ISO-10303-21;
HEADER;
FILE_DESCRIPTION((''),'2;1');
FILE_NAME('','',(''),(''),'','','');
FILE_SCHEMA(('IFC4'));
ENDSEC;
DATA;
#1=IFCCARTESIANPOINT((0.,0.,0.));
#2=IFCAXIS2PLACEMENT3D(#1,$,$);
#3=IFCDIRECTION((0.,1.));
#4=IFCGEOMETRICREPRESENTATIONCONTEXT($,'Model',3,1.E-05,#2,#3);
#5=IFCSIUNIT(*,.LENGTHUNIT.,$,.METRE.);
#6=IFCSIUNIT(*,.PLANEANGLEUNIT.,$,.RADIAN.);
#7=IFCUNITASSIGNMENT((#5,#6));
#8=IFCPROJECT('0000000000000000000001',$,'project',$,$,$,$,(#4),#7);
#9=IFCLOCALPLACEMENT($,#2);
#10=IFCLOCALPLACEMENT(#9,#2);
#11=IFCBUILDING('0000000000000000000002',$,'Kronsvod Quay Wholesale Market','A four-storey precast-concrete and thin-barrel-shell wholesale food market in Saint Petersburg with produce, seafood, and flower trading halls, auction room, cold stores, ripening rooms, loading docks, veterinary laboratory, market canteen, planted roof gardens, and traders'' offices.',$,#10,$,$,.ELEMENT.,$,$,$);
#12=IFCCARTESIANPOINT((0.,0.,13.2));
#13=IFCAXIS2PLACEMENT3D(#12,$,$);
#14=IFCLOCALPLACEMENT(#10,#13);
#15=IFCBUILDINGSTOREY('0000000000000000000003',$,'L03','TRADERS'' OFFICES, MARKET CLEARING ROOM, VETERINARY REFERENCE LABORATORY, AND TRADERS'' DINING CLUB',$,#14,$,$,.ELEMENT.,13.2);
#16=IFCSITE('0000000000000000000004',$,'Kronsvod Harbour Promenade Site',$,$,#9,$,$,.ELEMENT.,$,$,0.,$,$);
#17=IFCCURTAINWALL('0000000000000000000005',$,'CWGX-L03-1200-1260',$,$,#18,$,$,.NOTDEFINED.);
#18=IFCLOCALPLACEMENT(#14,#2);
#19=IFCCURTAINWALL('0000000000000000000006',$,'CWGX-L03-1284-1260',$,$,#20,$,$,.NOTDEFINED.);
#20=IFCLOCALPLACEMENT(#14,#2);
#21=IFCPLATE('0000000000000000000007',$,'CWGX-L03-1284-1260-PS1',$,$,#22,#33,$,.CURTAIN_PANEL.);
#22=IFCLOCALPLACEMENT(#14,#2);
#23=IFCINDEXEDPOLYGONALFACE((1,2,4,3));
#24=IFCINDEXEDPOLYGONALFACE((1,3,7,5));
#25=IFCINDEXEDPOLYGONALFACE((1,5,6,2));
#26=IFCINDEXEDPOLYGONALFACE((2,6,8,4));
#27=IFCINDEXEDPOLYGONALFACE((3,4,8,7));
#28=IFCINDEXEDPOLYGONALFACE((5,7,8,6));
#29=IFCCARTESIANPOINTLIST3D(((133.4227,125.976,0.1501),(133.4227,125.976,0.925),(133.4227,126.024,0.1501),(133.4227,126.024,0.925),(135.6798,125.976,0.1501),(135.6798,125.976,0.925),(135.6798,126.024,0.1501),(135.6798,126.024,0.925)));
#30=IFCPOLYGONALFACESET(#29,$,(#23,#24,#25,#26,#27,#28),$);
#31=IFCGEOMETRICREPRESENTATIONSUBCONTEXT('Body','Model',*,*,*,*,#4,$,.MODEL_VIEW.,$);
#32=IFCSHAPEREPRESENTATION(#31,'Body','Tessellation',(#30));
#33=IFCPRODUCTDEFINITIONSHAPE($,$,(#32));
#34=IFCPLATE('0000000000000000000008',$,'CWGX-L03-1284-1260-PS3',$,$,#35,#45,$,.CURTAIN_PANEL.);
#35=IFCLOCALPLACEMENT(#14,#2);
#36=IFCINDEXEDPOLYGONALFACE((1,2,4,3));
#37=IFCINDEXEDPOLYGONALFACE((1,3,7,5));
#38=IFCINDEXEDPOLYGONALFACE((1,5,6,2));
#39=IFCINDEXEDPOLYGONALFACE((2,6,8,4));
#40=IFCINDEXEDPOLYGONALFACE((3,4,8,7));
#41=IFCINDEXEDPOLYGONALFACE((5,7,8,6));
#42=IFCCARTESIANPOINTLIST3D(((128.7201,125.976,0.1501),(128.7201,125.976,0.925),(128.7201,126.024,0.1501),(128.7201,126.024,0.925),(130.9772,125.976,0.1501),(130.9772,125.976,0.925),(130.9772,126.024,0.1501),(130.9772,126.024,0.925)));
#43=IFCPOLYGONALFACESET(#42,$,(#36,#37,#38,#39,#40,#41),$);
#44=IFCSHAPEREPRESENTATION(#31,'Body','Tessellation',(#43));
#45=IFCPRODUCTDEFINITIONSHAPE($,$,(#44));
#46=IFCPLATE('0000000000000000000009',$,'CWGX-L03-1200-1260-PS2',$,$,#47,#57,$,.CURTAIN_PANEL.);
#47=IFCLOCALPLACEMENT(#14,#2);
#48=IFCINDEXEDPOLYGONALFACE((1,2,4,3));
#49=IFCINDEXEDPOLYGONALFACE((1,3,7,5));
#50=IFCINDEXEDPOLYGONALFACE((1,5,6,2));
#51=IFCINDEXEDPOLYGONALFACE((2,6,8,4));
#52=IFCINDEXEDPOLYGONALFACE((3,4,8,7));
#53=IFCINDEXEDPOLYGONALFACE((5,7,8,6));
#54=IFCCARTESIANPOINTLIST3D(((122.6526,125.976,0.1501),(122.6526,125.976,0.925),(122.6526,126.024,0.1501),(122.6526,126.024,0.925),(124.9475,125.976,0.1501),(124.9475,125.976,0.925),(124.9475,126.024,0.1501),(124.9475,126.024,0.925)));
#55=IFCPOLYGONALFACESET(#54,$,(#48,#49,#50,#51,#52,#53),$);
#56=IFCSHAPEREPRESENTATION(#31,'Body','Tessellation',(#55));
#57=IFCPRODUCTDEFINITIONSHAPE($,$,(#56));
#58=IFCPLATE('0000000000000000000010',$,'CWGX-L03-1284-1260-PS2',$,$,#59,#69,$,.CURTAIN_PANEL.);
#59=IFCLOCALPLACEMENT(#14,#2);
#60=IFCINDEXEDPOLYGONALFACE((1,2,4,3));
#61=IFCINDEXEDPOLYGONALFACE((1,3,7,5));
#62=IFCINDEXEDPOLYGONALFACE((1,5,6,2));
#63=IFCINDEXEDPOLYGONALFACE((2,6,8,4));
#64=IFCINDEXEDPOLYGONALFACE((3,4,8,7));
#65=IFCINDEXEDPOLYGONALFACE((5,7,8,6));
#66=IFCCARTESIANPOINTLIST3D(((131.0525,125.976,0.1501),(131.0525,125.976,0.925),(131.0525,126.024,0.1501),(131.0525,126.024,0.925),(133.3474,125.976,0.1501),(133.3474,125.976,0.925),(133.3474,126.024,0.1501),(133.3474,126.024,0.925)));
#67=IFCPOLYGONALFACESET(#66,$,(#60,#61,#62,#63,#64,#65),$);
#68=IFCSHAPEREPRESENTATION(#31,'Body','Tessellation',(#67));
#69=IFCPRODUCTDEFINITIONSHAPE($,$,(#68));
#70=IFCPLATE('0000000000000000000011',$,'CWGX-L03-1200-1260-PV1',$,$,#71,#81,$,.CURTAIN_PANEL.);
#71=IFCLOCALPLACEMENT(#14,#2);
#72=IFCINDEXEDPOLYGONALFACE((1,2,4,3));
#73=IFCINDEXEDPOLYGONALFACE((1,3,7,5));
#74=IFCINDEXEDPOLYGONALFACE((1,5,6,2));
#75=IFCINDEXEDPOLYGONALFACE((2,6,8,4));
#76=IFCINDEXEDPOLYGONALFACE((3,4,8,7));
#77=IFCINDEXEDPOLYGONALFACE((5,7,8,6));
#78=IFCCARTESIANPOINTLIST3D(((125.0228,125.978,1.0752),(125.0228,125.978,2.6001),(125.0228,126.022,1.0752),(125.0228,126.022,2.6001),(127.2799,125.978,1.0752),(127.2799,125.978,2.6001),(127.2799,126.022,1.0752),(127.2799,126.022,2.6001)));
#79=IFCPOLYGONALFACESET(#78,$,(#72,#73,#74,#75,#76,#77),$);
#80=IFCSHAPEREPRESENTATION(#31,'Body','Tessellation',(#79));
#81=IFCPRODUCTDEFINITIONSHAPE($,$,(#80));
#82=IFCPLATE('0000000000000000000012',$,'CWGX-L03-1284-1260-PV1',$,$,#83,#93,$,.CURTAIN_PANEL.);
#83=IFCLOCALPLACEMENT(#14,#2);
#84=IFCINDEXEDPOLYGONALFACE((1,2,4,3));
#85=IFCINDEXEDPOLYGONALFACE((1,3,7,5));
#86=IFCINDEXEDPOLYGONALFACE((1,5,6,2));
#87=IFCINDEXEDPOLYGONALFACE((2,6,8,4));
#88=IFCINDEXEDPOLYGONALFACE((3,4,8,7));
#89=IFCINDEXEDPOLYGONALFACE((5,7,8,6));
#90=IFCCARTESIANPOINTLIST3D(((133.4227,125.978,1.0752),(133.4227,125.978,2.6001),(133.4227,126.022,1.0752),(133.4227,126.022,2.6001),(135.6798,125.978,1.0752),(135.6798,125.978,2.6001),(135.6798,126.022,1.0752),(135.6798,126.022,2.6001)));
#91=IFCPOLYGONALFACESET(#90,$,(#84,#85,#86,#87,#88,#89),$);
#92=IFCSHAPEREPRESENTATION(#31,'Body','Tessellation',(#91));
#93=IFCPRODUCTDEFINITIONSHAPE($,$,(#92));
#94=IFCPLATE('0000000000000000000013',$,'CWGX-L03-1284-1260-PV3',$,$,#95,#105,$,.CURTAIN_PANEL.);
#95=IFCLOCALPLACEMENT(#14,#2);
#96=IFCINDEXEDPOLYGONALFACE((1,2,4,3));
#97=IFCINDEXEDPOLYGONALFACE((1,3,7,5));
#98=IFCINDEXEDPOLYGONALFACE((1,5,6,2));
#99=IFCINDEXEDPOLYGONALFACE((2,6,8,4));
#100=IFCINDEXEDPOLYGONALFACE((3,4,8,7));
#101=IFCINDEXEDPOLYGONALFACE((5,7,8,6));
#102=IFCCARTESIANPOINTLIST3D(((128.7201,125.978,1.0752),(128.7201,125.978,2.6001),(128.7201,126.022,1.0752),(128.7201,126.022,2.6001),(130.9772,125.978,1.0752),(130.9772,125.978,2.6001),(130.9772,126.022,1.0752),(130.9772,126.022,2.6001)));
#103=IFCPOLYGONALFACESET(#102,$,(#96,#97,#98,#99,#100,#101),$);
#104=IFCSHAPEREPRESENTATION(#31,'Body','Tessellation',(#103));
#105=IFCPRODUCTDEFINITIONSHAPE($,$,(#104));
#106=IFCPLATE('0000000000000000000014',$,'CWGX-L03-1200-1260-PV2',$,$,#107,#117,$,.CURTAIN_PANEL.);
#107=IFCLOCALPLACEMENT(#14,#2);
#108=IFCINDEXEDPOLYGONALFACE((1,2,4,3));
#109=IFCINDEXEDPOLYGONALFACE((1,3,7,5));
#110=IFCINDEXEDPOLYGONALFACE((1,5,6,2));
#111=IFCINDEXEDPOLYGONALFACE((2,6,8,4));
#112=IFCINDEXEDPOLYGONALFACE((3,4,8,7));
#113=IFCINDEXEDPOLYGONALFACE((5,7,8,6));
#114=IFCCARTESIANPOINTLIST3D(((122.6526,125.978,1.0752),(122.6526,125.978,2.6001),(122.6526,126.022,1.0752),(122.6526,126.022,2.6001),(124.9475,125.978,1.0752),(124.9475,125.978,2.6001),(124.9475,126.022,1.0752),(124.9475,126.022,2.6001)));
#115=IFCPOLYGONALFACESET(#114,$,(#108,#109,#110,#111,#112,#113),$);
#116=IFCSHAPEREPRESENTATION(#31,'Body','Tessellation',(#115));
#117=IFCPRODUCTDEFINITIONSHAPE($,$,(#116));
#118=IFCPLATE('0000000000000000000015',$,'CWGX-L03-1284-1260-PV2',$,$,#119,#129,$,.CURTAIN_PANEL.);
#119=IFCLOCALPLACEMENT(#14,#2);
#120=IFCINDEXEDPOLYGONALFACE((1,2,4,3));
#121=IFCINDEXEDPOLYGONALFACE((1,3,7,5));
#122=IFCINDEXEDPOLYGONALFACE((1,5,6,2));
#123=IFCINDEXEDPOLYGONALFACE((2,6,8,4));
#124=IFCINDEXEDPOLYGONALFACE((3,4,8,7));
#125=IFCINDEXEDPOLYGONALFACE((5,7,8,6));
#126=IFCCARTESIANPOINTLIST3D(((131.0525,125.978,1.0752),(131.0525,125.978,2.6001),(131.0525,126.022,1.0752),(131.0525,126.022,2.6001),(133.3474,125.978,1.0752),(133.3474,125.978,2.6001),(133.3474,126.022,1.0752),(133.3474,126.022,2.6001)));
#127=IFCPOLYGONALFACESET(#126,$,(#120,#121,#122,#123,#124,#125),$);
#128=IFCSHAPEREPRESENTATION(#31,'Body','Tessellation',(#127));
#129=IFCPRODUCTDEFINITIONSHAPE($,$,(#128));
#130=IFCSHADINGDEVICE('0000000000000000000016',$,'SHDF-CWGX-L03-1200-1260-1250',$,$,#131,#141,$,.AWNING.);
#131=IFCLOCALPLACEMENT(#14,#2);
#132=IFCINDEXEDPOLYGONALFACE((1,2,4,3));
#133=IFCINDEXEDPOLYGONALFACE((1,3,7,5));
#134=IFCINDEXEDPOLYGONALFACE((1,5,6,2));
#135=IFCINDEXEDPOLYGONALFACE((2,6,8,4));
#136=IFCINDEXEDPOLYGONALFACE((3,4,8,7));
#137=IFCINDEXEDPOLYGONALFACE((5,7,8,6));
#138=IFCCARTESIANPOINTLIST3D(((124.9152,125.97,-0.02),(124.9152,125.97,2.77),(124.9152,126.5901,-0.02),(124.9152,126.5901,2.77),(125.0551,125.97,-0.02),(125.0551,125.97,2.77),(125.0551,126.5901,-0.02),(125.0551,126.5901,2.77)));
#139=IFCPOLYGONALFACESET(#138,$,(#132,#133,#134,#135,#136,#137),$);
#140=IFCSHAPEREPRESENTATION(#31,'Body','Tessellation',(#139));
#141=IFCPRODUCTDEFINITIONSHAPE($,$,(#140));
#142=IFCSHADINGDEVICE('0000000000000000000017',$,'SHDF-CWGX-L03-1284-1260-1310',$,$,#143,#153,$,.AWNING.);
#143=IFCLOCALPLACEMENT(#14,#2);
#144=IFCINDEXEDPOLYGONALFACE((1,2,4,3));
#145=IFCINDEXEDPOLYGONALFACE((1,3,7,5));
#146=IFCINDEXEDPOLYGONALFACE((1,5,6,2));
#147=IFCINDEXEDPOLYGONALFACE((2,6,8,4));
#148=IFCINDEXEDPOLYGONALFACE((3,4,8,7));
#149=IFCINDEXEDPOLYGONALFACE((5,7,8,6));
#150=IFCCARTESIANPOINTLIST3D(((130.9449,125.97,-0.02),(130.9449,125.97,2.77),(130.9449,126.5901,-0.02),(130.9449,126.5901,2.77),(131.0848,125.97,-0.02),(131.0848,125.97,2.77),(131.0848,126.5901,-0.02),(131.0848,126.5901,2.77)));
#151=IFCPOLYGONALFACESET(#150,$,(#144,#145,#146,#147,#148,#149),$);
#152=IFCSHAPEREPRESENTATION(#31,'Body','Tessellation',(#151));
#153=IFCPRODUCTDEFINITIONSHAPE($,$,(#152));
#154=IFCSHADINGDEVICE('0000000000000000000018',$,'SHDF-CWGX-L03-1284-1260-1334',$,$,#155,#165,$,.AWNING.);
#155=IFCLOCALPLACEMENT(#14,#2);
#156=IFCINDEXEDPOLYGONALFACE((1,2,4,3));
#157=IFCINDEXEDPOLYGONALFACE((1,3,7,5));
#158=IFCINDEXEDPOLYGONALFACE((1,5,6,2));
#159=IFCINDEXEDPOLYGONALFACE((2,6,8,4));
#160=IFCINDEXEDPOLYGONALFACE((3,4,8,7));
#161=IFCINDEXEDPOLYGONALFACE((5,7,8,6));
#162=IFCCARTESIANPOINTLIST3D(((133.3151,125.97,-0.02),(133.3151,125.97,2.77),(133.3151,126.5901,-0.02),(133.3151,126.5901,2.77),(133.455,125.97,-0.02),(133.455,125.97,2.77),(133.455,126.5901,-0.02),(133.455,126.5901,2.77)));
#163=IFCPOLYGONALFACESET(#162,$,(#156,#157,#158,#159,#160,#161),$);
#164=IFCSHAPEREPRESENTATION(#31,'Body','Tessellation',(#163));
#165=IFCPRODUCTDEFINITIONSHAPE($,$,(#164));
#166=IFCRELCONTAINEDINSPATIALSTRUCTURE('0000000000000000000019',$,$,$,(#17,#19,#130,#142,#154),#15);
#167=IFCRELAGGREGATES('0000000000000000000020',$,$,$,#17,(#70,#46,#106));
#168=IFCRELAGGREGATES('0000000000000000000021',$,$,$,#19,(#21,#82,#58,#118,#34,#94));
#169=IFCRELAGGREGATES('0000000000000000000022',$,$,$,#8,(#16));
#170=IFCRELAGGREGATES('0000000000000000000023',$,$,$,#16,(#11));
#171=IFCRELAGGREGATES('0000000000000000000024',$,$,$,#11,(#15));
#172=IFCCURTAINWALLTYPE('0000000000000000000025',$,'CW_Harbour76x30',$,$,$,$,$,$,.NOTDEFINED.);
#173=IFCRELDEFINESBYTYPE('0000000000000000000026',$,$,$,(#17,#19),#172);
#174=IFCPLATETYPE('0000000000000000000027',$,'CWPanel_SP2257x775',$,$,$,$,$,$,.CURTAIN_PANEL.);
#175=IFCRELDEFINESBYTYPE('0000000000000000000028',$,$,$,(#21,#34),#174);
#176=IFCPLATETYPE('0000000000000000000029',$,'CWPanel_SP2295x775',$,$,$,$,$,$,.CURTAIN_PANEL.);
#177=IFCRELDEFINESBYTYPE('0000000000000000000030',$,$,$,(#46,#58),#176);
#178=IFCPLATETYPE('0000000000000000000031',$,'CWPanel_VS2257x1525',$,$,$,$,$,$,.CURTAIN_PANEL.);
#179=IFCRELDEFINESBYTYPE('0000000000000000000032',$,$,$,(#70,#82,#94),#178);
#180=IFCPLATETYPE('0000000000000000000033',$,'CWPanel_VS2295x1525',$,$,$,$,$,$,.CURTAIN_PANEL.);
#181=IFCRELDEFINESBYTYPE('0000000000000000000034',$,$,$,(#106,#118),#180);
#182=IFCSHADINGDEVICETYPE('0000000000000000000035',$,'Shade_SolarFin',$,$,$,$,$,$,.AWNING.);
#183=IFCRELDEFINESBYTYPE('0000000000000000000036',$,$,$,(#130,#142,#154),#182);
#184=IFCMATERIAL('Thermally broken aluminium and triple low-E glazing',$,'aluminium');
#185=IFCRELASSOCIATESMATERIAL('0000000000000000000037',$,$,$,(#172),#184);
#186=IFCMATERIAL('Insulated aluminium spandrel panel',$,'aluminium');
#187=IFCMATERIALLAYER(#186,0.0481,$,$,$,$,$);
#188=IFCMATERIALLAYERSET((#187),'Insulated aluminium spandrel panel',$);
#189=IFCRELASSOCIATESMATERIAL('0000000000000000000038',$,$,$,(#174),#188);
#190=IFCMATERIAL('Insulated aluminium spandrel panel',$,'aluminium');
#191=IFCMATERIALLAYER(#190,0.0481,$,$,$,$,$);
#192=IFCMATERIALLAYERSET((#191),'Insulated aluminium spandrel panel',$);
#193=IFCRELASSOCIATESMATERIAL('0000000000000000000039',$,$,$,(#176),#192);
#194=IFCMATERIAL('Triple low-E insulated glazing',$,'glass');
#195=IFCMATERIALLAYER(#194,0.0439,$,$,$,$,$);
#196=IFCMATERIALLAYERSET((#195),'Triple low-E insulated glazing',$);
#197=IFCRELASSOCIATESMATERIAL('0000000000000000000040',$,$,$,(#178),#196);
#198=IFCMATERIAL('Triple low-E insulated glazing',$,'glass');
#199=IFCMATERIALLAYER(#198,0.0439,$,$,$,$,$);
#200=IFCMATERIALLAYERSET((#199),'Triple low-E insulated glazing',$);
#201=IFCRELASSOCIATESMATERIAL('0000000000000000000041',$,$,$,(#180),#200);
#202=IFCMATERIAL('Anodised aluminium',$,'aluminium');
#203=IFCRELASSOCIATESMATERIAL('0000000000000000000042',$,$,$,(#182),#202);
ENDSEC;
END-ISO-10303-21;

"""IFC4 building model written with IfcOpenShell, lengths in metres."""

from ifc_helpers import new_model, si_unit, direction, frame, origin, origin_2d, place, context, subcontext, project, spatial, rectangle, extrude, material, layer, layer_set, type_object, element, aggregate, save


model = new_model("IFC4")

# Units and contexts
model_context = context("Model", 3, precision=1e-05, world=origin(), true_north=direction((0.0, 1.0)))
body_context = subcontext(model_context, "Body", "Model", "MODEL_VIEW")
ifc_project = project(units=[si_unit("LENGTHUNIT", "METRE"), si_unit("PLANEANGLEUNIT", "RADIAN")], contexts=[model_context])

# Site, building, storey
site_placement = place(None, origin())
site = spatial("IfcSite", under=ifc_project, at=site_placement, Name="Kronsvod Harbour Promenade Site", CompositionType="ELEMENT", RefElevation=0.0)
building_placement = place(site_placement, origin())
building = spatial("IfcBuilding", under=site, at=building_placement, Name="Kronsvod Quay Wholesale Market", Description="A four-storey precast-concrete and thin-barrel-shell wholesale food market in Saint Petersburg with produce, seafood, and flower trading halls, auction room, cold stores, ripening rooms, loading docks, veterinary laboratory, market canteen, planted roof gardens, and traders' offices.", CompositionType="ELEMENT")
storey_placement = place(building_placement, frame((0.0, 0.0, 13.2)))
storey = spatial("IfcBuildingStorey", under=building, at=storey_placement, Name="L03", Description="TRADERS' OFFICES, MARKET CLEARING ROOM, VETERINARY REFERENCE LABORATORY, AND TRADERS' DINING CLUB", CompositionType="ELEMENT", Elevation=13.2)

# Curtain walls
ifc_material_1 = material(Name="Thermally broken aluminium and triple low-E glazing", Category="aluminium")
curtain_wall_type = type_object("IfcCurtainWallType", Name="CW_Harbour76x30", PredefinedType="NOTDEFINED", material=ifc_material_1)
curtain_wall_1_placement = place(storey_placement, origin())
curtain_wall_1 = element("IfcCurtainWall", 1, at=curtain_wall_1_placement, inside=storey, type_object=curtain_wall_type, Name="CWGX-L03-1200-1260", PredefinedType="NOTDEFINED")
curtain_wall_2_placement = place(storey_placement, origin())
curtain_wall_2 = element("IfcCurtainWall", 2, at=curtain_wall_2_placement, inside=storey, type_object=curtain_wall_type, Name="CWGX-L03-1284-1260", PredefinedType="NOTDEFINED")

# Plates
ifc_material_2 = material(Name="Insulated aluminium spandrel panel", Category="aluminium")
ifc_layer_1 = layer(ifc_material_2, 0.0481)
ifc_layer_set_1 = layer_set([ifc_layer_1], Name="Insulated aluminium spandrel panel")
plate_type_1 = type_object("IfcPlateType", Name="CWPanel_SP2257x775", PredefinedType="CURTAIN_PANEL", material=ifc_layer_set_1)
plate_1_placement = place(storey_placement, frame((134.5513, 126.0, 0.1501), z_axis=(0.0, 0.0, 1.0), x_axis=(-1.0, 0.0, 0.0)))
plate_1 = element("IfcPlate", 3, at=plate_1_placement, type_object=plate_type_1, Name="CWGX-L03-1284-1260-PS1", PredefinedType="CURTAIN_PANEL", context=body_context, shape_type="SweptSolid", body=[
    extrude(rectangle(XDim=2.2571, YDim=0.0481, at=origin_2d()), origin(), (0.0, 0.0, 1.0), 0.7749),
])
plate_2_placement = place(storey_placement, frame((129.8486, 126.0, 0.1501), z_axis=(0.0, 0.0, 1.0), x_axis=(-1.0, 0.0, 0.0)))
plate_2 = element("IfcPlate", 4, at=plate_2_placement, type_object=plate_type_1, Name="CWGX-L03-1284-1260-PS3", PredefinedType="CURTAIN_PANEL", context=body_context, shape_type="SweptSolid", body=[
    extrude(rectangle(XDim=2.2571, YDim=0.0481, at=origin_2d()), origin(), (0.0, 0.0, 1.0), 0.7749),
])
ifc_material_3 = material(Name="Insulated aluminium spandrel panel", Category="aluminium")
ifc_layer_2 = layer(ifc_material_3, 0.0481)
ifc_layer_set_2 = layer_set([ifc_layer_2], Name="Insulated aluminium spandrel panel")
plate_type_2 = type_object("IfcPlateType", Name="CWPanel_SP2295x775", PredefinedType="CURTAIN_PANEL", material=ifc_layer_set_2)
plate_3_placement = place(storey_placement, frame((123.8, 126.0, 0.1501), z_axis=(0.0, 0.0, 1.0), x_axis=(-1.0, 0.0, 0.0)))
plate_3 = element("IfcPlate", 5, at=plate_3_placement, type_object=plate_type_2, Name="CWGX-L03-1200-1260-PS2", PredefinedType="CURTAIN_PANEL", context=body_context, shape_type="SweptSolid", body=[
    extrude(rectangle(XDim=2.2949, YDim=0.0481, at=origin_2d()), origin(), (0.0, 0.0, 1.0), 0.7749),
])
plate_4_placement = place(storey_placement, frame((132.2, 126.0, 0.1501), z_axis=(0.0, 0.0, 1.0), x_axis=(-1.0, 0.0, 0.0)))
plate_4 = element("IfcPlate", 6, at=plate_4_placement, type_object=plate_type_2, Name="CWGX-L03-1284-1260-PS2", PredefinedType="CURTAIN_PANEL", context=body_context, shape_type="SweptSolid", body=[
    extrude(rectangle(XDim=2.2949, YDim=0.0481, at=origin_2d()), origin(), (0.0, 0.0, 1.0), 0.7749),
])
ifc_material_4 = material(Name="Triple low-E insulated glazing", Category="glass")
ifc_layer_3 = layer(ifc_material_4, 0.0439)
ifc_layer_set_3 = layer_set([ifc_layer_3], Name="Triple low-E insulated glazing")
plate_type_3 = type_object("IfcPlateType", Name="CWPanel_VS2257x1525", PredefinedType="CURTAIN_PANEL", material=ifc_layer_set_3)
plate_5_placement = place(storey_placement, frame((126.1514, 126.0, 1.0752), z_axis=(0.0, 0.0, 1.0), x_axis=(-1.0, 0.0, 0.0)))
plate_5 = element("IfcPlate", 7, at=plate_5_placement, type_object=plate_type_3, Name="CWGX-L03-1200-1260-PV1", PredefinedType="CURTAIN_PANEL", context=body_context, shape_type="SweptSolid", body=[
    extrude(rectangle(XDim=2.2571, YDim=0.0439, at=origin_2d()), origin(), (0.0, 0.0, 1.0), 1.5249),
])
plate_6_placement = place(storey_placement, frame((134.5513, 126.0, 1.0752), z_axis=(0.0, 0.0, 1.0), x_axis=(-1.0, 0.0, 0.0)))
plate_6 = element("IfcPlate", 8, at=plate_6_placement, type_object=plate_type_3, Name="CWGX-L03-1284-1260-PV1", PredefinedType="CURTAIN_PANEL", context=body_context, shape_type="SweptSolid", body=[
    extrude(rectangle(XDim=2.2571, YDim=0.0439, at=origin_2d()), origin(), (0.0, 0.0, 1.0), 1.5249),
])
plate_7_placement = place(storey_placement, frame((129.8486, 126.0, 1.0752), z_axis=(0.0, 0.0, 1.0), x_axis=(-1.0, 0.0, 0.0)))
plate_7 = element("IfcPlate", 9, at=plate_7_placement, type_object=plate_type_3, Name="CWGX-L03-1284-1260-PV3", PredefinedType="CURTAIN_PANEL", context=body_context, shape_type="SweptSolid", body=[
    extrude(rectangle(XDim=2.2571, YDim=0.0439, at=origin_2d()), origin(), (0.0, 0.0, 1.0), 1.5249),
])
ifc_material_5 = material(Name="Triple low-E insulated glazing", Category="glass")
ifc_layer_4 = layer(ifc_material_5, 0.0439)
ifc_layer_set_4 = layer_set([ifc_layer_4], Name="Triple low-E insulated glazing")
plate_type_4 = type_object("IfcPlateType", Name="CWPanel_VS2295x1525", PredefinedType="CURTAIN_PANEL", material=ifc_layer_set_4)
plate_8_placement = place(storey_placement, frame((123.8, 126.0, 1.0752), z_axis=(0.0, 0.0, 1.0), x_axis=(-1.0, 0.0, 0.0)))
plate_8 = element("IfcPlate", 10, at=plate_8_placement, type_object=plate_type_4, Name="CWGX-L03-1200-1260-PV2", PredefinedType="CURTAIN_PANEL", context=body_context, shape_type="SweptSolid", body=[
    extrude(rectangle(XDim=2.2949, YDim=0.0439, at=origin_2d()), origin(), (0.0, 0.0, 1.0), 1.5249),
])
aggregate(curtain_wall_1, [plate_5, plate_3, plate_8])
plate_9_placement = place(storey_placement, frame((132.2, 126.0, 1.0752), z_axis=(0.0, 0.0, 1.0), x_axis=(-1.0, 0.0, 0.0)))
plate_9 = element("IfcPlate", 11, at=plate_9_placement, type_object=plate_type_4, Name="CWGX-L03-1284-1260-PV2", PredefinedType="CURTAIN_PANEL", context=body_context, shape_type="SweptSolid", body=[
    extrude(rectangle(XDim=2.2949, YDim=0.0439, at=origin_2d()), origin(), (0.0, 0.0, 1.0), 1.5249),
])
aggregate(curtain_wall_2, [plate_1, plate_6, plate_4, plate_9, plate_2, plate_7])

# Shading devices
ifc_material_6 = material(Name="Anodised aluminium", Category="aluminium")
shading_device_type = type_object("IfcShadingDeviceType", Name="Shade_SolarFin", PredefinedType="AWNING", material=ifc_material_6)
for number, where, z_axis, x_axis, name in (
    (12, (124.9851, 126.28, -0.02), (0.0, 0.0, 1.0), (1.0, 0.0, 0.0), "SHDF-CWGX-L03-1200-1260-1250"),
    (13, (131.0149, 126.28, -0.02), (0.0, 0.0, 1.0), (1.0, 0.0, 0.0), "SHDF-CWGX-L03-1284-1260-1310"),
    (14, (133.385, 126.28, -0.02), (0.0, 0.0, 1.0), (1.0, 0.0, 0.0), "SHDF-CWGX-L03-1284-1260-1334"),
):
    element("IfcShadingDevice", number, at=place(storey_placement, frame(where, z_axis=z_axis, x_axis=x_axis)), inside=storey, type_object=shading_device_type, Name=name, PredefinedType="AWNING", context=body_context, shape_type="SweptSolid", body=[
        extrude(rectangle(XDim=0.1399, YDim=0.6201, at=origin_2d()), origin(), (0.0, 0.0, 1.0), 2.79),
    ])

save(model, "model.ifc")
